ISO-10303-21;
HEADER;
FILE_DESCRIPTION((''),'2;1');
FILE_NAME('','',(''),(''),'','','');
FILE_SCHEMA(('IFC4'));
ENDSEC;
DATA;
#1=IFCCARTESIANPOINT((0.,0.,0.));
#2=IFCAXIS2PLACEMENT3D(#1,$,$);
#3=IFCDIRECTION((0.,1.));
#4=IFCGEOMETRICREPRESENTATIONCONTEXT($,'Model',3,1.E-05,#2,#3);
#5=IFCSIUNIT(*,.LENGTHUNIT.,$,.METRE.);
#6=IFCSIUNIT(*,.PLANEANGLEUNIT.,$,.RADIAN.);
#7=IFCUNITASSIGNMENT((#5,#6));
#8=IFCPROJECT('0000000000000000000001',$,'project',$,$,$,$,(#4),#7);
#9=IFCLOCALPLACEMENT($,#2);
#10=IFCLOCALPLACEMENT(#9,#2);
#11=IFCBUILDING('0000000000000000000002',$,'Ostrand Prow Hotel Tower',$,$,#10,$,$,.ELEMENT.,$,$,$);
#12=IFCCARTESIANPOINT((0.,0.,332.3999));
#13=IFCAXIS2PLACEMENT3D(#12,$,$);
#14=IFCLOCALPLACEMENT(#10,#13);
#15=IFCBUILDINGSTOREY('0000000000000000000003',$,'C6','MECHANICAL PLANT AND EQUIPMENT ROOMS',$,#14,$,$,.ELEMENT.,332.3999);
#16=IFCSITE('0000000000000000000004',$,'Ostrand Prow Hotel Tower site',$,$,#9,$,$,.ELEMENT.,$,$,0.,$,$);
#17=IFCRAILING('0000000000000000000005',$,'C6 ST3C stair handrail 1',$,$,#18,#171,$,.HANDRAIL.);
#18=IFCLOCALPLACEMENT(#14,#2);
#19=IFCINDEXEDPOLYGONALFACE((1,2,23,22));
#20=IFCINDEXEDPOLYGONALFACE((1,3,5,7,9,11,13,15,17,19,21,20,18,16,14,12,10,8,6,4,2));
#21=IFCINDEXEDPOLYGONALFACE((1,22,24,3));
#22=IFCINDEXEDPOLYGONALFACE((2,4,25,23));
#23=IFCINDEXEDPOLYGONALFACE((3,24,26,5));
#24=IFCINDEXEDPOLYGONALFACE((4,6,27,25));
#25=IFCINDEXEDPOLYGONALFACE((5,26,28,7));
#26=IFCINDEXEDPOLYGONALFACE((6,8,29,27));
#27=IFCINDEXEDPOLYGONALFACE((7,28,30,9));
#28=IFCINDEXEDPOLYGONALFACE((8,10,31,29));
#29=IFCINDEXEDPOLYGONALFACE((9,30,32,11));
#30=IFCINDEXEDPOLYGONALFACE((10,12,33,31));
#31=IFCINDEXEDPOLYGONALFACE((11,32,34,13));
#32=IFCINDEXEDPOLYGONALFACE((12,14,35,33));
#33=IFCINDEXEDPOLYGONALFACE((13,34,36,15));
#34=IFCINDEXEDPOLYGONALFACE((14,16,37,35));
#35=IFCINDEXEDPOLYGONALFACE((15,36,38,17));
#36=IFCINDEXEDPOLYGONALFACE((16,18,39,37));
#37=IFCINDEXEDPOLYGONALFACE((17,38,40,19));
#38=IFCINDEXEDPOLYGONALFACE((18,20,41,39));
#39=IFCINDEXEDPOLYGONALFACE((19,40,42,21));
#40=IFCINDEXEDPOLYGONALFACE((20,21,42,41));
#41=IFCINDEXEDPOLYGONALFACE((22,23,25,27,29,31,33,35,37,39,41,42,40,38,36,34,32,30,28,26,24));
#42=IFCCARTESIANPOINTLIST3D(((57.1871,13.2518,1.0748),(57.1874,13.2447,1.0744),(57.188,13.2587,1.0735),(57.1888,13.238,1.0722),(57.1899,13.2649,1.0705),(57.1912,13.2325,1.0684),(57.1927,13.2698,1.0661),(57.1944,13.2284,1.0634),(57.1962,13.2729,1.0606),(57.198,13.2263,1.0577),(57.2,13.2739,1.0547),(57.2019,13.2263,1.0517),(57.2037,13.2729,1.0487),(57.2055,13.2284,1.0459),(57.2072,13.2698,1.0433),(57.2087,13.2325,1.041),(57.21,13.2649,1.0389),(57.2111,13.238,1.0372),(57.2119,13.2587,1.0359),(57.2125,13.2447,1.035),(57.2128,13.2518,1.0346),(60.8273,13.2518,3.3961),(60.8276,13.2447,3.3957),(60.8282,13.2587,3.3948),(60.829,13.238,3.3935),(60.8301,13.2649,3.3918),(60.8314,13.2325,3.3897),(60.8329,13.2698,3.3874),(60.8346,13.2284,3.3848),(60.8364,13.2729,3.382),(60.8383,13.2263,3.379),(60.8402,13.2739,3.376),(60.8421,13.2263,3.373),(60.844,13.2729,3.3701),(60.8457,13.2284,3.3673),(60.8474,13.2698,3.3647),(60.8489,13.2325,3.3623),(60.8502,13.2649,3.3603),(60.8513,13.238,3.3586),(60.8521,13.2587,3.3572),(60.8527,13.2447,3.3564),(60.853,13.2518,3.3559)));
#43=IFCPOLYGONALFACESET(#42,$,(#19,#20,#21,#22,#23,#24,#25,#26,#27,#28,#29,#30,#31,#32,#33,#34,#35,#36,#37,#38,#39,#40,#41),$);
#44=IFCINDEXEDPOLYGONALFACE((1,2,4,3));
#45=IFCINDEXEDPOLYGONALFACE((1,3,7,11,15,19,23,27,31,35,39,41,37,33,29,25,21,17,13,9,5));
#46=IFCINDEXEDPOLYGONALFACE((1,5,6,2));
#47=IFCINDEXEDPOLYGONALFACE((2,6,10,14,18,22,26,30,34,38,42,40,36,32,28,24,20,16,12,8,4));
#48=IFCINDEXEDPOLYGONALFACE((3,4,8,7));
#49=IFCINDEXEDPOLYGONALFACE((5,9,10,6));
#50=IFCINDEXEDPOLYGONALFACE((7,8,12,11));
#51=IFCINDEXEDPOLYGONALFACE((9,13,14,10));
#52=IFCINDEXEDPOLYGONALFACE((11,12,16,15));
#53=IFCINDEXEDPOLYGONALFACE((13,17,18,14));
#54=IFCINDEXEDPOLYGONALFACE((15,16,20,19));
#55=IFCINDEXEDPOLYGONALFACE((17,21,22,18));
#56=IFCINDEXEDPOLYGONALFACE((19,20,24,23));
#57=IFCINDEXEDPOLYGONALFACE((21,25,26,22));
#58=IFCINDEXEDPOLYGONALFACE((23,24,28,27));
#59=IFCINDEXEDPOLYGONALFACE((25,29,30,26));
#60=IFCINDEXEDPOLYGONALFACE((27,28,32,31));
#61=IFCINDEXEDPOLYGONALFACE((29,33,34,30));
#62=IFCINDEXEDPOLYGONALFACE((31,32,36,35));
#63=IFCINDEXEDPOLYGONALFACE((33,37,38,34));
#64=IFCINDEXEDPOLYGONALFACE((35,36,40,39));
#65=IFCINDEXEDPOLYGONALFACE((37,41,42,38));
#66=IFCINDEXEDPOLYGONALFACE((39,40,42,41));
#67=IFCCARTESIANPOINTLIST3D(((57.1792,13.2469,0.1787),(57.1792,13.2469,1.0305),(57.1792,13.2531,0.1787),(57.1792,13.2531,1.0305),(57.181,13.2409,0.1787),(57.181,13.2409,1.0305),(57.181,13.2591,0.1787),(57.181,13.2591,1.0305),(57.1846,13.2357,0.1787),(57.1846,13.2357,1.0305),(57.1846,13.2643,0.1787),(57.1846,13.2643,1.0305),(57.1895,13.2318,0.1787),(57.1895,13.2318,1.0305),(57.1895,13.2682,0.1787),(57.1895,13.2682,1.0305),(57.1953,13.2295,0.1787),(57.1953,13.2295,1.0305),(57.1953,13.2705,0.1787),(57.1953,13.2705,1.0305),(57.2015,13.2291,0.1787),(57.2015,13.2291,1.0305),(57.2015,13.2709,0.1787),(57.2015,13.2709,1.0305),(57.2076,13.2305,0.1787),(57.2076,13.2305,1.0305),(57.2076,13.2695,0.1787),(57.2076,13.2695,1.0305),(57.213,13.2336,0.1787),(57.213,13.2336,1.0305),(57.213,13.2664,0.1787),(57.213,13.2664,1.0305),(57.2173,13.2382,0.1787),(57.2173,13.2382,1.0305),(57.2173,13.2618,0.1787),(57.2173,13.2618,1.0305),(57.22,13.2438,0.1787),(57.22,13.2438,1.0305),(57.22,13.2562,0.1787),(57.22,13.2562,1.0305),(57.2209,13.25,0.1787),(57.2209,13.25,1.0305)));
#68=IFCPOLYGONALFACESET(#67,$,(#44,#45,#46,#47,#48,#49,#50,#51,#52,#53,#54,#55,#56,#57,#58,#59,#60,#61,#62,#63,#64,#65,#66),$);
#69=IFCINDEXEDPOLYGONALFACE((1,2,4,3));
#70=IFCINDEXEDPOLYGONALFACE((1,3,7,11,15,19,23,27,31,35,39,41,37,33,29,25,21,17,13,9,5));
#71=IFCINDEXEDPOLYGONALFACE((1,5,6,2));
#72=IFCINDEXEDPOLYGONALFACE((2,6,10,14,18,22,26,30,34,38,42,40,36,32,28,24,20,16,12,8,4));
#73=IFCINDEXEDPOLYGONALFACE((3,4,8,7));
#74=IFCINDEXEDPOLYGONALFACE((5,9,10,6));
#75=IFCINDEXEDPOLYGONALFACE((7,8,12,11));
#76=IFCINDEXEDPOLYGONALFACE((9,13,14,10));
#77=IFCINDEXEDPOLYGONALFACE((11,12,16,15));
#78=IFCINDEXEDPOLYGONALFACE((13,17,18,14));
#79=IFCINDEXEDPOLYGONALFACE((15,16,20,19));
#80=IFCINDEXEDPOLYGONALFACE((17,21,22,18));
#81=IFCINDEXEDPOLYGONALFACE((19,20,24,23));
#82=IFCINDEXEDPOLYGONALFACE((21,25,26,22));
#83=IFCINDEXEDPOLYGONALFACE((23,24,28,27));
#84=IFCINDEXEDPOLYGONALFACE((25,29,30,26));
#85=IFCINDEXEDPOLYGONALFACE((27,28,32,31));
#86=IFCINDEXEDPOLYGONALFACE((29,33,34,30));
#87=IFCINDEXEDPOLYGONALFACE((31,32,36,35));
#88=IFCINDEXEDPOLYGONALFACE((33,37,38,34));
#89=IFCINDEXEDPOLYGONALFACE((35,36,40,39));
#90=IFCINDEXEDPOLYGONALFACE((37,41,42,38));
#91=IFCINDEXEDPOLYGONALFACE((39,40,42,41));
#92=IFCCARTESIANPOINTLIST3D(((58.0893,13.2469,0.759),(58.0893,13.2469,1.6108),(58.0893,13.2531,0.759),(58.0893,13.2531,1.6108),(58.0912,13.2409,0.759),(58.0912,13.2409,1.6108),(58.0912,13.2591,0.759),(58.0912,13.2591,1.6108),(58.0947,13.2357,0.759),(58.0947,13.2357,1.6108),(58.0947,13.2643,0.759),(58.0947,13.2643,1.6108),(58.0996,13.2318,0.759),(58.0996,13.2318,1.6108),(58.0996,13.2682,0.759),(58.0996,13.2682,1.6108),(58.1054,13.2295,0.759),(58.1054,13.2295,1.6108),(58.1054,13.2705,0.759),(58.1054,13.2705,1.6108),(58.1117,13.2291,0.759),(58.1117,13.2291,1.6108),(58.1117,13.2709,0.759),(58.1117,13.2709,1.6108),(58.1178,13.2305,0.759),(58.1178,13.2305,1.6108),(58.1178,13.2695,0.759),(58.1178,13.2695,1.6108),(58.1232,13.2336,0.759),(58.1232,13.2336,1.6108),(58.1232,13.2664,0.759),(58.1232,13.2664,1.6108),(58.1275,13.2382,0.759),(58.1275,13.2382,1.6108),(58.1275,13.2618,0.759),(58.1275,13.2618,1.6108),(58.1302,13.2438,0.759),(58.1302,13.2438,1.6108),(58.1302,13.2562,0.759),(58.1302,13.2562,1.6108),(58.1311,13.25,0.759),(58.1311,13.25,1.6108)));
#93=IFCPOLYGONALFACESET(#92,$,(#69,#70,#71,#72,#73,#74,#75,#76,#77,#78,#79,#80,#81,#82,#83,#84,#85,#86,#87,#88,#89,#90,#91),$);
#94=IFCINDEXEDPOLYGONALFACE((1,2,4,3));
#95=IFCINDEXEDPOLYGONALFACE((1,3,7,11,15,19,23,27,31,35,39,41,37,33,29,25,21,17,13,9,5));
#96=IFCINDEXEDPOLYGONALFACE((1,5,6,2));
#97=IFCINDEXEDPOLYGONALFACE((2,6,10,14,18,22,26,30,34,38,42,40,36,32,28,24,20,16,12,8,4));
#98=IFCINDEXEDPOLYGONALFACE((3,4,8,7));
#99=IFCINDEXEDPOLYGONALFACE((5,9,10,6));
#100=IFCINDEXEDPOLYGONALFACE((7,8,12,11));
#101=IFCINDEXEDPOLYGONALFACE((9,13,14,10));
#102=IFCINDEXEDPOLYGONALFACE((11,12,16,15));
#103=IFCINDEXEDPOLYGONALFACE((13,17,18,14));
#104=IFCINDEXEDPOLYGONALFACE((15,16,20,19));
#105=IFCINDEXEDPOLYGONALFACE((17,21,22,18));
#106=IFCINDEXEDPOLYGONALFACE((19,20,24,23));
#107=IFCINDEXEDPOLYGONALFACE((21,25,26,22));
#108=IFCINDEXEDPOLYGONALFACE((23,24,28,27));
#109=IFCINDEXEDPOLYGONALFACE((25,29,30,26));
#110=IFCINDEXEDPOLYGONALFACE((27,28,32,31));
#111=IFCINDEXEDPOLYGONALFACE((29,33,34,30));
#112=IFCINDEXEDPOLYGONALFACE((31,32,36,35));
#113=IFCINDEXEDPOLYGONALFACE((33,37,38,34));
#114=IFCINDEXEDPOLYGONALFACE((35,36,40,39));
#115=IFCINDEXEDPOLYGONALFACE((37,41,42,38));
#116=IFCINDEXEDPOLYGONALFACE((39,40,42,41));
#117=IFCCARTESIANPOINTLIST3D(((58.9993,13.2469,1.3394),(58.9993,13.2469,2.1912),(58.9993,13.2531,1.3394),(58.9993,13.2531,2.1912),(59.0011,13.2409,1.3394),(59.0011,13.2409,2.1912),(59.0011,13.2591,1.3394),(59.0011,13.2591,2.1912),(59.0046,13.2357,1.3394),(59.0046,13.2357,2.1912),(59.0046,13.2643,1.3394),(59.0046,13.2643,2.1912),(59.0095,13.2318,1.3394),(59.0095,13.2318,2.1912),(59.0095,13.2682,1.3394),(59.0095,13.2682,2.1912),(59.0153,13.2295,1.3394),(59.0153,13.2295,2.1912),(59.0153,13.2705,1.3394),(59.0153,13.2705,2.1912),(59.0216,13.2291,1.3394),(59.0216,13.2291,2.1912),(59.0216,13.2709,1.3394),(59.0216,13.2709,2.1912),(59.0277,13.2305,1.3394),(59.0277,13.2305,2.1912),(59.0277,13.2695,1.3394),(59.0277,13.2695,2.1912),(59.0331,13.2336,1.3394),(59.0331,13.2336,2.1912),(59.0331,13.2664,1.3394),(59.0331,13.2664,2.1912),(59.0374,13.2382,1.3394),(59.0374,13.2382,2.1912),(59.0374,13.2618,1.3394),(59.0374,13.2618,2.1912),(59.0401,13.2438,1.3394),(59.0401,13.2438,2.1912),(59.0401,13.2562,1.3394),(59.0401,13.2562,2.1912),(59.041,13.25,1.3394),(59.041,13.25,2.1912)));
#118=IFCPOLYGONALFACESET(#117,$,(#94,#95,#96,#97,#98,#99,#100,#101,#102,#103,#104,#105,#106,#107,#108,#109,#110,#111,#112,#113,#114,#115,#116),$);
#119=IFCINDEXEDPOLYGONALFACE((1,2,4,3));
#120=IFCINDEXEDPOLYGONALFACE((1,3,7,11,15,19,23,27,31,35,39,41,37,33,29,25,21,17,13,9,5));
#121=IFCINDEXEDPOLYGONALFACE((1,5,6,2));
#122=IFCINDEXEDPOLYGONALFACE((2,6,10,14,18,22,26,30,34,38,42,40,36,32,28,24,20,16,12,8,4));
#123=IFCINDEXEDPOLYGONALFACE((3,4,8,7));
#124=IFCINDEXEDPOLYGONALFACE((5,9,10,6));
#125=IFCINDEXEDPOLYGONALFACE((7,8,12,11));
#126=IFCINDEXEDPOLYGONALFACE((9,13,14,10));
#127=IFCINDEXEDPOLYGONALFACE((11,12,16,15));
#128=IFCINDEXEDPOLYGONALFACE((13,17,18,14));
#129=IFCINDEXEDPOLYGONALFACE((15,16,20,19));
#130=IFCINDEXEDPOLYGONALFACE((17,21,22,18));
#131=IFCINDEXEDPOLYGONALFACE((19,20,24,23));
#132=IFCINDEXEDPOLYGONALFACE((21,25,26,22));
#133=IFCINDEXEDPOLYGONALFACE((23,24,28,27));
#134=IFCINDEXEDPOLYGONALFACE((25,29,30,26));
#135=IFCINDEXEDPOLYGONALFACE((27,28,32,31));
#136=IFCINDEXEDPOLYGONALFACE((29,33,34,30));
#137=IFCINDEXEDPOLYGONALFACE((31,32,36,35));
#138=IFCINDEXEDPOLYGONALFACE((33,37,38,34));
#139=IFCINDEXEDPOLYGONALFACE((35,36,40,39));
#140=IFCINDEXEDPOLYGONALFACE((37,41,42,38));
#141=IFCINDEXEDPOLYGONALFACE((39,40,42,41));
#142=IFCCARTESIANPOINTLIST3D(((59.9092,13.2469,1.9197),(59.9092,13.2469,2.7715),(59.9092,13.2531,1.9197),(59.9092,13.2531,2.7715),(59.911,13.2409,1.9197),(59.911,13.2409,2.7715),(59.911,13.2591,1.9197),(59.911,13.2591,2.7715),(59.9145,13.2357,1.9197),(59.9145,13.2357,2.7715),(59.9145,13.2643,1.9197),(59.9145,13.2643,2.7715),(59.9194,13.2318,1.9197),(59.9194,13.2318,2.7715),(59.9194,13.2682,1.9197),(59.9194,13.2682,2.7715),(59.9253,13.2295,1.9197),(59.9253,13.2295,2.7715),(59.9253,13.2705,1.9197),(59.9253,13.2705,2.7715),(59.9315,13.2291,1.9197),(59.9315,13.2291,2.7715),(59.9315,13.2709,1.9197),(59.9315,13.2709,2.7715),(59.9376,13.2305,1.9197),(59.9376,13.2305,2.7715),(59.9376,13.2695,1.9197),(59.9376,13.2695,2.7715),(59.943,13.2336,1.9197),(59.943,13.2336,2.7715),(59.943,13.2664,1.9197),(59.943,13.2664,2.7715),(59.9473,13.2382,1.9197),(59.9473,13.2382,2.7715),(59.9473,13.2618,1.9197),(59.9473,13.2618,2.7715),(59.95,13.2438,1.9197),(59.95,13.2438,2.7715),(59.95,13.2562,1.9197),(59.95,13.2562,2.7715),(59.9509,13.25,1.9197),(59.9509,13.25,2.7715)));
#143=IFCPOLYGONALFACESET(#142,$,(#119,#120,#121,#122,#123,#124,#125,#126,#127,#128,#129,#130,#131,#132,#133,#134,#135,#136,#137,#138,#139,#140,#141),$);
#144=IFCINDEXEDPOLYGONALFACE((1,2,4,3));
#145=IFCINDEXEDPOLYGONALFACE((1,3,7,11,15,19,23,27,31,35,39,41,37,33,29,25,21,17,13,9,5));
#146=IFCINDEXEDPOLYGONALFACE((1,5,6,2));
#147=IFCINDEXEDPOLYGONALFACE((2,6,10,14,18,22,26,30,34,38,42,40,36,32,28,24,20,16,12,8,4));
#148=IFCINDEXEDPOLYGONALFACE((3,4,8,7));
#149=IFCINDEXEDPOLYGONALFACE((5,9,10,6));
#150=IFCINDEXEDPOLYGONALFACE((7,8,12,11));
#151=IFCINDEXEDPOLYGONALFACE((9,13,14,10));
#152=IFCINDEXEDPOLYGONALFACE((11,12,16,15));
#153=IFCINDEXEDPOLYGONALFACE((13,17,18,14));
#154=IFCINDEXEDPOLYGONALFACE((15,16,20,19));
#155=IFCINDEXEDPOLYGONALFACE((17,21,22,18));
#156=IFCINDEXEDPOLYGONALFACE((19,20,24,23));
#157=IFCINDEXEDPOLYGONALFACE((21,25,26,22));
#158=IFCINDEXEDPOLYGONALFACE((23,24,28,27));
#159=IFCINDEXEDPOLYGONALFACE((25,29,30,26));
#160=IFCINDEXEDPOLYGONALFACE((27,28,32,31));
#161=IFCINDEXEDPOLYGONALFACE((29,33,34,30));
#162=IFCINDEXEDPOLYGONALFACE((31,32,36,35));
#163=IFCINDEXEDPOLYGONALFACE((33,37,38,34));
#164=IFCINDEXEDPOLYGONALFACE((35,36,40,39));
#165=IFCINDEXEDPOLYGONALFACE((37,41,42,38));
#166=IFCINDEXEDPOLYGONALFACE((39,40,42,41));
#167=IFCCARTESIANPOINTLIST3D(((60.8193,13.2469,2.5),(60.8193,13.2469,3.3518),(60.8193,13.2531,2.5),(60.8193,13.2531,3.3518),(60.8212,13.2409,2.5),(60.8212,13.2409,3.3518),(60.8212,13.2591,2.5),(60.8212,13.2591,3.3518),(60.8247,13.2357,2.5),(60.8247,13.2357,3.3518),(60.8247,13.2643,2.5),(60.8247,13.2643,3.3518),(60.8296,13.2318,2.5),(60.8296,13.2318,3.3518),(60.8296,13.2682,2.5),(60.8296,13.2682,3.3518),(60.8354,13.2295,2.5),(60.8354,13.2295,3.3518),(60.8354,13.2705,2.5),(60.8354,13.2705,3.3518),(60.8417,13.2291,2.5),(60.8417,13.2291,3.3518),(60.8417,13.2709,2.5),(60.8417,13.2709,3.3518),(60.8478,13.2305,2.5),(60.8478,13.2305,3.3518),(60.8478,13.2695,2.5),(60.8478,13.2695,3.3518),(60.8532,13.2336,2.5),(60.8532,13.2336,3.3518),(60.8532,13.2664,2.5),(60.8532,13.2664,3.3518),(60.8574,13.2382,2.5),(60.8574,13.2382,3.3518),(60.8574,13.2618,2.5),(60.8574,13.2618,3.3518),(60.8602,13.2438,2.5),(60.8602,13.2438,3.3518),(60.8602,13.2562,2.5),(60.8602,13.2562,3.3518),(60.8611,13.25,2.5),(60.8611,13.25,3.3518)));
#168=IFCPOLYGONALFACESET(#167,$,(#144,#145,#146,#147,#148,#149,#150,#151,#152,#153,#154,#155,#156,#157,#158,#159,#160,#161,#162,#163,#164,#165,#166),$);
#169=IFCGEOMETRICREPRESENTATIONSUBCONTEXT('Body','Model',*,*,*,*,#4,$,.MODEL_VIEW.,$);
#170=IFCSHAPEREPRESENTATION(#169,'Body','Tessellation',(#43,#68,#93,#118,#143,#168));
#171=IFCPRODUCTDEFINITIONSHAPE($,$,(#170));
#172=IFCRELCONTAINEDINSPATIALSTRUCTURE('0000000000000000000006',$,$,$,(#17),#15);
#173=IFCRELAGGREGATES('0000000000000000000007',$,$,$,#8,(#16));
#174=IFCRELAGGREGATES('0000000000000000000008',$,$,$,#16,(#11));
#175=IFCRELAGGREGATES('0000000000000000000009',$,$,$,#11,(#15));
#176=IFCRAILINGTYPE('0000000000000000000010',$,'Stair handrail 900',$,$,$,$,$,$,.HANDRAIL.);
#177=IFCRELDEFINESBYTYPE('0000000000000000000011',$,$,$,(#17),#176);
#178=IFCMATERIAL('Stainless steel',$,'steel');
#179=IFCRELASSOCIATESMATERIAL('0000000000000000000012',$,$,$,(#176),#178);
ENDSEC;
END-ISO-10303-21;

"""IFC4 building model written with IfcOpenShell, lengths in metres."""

from ifc_helpers import new_model, si_unit, direction, frame, origin, origin_2d, place, context, subcontext, project, spatial, circle, extrude, material, type_object, element, save


model = new_model("IFC4")

# Units and contexts
model_context = context("Model", 3, precision=1e-05, world=origin(), true_north=direction((0.0, 1.0)))
body_context = subcontext(model_context, "Body", "Model", "MODEL_VIEW")
ifc_project = project(units=[si_unit("LENGTHUNIT", "METRE"), si_unit("PLANEANGLEUNIT", "RADIAN")], contexts=[model_context])

# Site, building, storey
site_placement = place(None, origin())
site = spatial("IfcSite", under=ifc_project, at=site_placement, Name="Ostrand Prow Hotel Tower site", CompositionType="ELEMENT", RefElevation=0.0)
building_placement = place(site_placement, origin())
building = spatial("IfcBuilding", under=site, at=building_placement, Name="Ostrand Prow Hotel Tower", CompositionType="ELEMENT")
storey_placement = place(building_placement, frame((0.0, 0.0, 332.3999)))
storey = spatial("IfcBuildingStorey", under=building, at=storey_placement, Name="C6", Description="MECHANICAL PLANT AND EQUIPMENT ROOMS", CompositionType="ELEMENT", Elevation=332.3999)

# Railing
ifc_material_1 = material(Name="Stainless steel", Category="steel")
railing_type_1 = type_object("IfcRailingType", Name="Stair handrail 900", PredefinedType="HANDRAIL", material=ifc_material_1)
railing_1_placement = place(storey_placement, frame((57.2, 13.25, 0.1787)))
element("IfcRailing", 1, at=railing_1_placement, inside=storey, type_object=railing_type_1, Name="C6 ST3C stair handrail 1", PredefinedType="HANDRAIL", context=body_context, shape_type="SweptSolid", body=[
    extrude(circle(Radius=0.0239, at=origin_2d()), frame((0.0, 0.0, 0.876), z_axis=(0.843153, 0.0, 0.537673), x_axis=(0.0, 1.0, 0.0)), (0.0, 0.0, 1.0), 4.3174),
    extrude(circle(Radius=0.021, at=origin_2d()), origin(), (0.0, 0.0, 1.0), 0.8518),
    extrude(circle(Radius=0.021, at=origin_2d()), frame((0.9102, 0.0, 0.5803)), (0.0, 0.0, 1.0), 0.8518),
    extrude(circle(Radius=0.021, at=origin_2d()), frame((1.8201, 0.0, 1.1606)), (0.0, 0.0, 1.0), 0.8518),
    extrude(circle(Radius=0.021, at=origin_2d()), frame((2.73, 0.0, 1.741)), (0.0, 0.0, 1.0), 0.8518),
    extrude(circle(Radius=0.021, at=origin_2d()), frame((3.6401, 0.0, 2.3213)), (0.0, 0.0, 1.0), 0.8518),
])

save(model, "model.ifc")
